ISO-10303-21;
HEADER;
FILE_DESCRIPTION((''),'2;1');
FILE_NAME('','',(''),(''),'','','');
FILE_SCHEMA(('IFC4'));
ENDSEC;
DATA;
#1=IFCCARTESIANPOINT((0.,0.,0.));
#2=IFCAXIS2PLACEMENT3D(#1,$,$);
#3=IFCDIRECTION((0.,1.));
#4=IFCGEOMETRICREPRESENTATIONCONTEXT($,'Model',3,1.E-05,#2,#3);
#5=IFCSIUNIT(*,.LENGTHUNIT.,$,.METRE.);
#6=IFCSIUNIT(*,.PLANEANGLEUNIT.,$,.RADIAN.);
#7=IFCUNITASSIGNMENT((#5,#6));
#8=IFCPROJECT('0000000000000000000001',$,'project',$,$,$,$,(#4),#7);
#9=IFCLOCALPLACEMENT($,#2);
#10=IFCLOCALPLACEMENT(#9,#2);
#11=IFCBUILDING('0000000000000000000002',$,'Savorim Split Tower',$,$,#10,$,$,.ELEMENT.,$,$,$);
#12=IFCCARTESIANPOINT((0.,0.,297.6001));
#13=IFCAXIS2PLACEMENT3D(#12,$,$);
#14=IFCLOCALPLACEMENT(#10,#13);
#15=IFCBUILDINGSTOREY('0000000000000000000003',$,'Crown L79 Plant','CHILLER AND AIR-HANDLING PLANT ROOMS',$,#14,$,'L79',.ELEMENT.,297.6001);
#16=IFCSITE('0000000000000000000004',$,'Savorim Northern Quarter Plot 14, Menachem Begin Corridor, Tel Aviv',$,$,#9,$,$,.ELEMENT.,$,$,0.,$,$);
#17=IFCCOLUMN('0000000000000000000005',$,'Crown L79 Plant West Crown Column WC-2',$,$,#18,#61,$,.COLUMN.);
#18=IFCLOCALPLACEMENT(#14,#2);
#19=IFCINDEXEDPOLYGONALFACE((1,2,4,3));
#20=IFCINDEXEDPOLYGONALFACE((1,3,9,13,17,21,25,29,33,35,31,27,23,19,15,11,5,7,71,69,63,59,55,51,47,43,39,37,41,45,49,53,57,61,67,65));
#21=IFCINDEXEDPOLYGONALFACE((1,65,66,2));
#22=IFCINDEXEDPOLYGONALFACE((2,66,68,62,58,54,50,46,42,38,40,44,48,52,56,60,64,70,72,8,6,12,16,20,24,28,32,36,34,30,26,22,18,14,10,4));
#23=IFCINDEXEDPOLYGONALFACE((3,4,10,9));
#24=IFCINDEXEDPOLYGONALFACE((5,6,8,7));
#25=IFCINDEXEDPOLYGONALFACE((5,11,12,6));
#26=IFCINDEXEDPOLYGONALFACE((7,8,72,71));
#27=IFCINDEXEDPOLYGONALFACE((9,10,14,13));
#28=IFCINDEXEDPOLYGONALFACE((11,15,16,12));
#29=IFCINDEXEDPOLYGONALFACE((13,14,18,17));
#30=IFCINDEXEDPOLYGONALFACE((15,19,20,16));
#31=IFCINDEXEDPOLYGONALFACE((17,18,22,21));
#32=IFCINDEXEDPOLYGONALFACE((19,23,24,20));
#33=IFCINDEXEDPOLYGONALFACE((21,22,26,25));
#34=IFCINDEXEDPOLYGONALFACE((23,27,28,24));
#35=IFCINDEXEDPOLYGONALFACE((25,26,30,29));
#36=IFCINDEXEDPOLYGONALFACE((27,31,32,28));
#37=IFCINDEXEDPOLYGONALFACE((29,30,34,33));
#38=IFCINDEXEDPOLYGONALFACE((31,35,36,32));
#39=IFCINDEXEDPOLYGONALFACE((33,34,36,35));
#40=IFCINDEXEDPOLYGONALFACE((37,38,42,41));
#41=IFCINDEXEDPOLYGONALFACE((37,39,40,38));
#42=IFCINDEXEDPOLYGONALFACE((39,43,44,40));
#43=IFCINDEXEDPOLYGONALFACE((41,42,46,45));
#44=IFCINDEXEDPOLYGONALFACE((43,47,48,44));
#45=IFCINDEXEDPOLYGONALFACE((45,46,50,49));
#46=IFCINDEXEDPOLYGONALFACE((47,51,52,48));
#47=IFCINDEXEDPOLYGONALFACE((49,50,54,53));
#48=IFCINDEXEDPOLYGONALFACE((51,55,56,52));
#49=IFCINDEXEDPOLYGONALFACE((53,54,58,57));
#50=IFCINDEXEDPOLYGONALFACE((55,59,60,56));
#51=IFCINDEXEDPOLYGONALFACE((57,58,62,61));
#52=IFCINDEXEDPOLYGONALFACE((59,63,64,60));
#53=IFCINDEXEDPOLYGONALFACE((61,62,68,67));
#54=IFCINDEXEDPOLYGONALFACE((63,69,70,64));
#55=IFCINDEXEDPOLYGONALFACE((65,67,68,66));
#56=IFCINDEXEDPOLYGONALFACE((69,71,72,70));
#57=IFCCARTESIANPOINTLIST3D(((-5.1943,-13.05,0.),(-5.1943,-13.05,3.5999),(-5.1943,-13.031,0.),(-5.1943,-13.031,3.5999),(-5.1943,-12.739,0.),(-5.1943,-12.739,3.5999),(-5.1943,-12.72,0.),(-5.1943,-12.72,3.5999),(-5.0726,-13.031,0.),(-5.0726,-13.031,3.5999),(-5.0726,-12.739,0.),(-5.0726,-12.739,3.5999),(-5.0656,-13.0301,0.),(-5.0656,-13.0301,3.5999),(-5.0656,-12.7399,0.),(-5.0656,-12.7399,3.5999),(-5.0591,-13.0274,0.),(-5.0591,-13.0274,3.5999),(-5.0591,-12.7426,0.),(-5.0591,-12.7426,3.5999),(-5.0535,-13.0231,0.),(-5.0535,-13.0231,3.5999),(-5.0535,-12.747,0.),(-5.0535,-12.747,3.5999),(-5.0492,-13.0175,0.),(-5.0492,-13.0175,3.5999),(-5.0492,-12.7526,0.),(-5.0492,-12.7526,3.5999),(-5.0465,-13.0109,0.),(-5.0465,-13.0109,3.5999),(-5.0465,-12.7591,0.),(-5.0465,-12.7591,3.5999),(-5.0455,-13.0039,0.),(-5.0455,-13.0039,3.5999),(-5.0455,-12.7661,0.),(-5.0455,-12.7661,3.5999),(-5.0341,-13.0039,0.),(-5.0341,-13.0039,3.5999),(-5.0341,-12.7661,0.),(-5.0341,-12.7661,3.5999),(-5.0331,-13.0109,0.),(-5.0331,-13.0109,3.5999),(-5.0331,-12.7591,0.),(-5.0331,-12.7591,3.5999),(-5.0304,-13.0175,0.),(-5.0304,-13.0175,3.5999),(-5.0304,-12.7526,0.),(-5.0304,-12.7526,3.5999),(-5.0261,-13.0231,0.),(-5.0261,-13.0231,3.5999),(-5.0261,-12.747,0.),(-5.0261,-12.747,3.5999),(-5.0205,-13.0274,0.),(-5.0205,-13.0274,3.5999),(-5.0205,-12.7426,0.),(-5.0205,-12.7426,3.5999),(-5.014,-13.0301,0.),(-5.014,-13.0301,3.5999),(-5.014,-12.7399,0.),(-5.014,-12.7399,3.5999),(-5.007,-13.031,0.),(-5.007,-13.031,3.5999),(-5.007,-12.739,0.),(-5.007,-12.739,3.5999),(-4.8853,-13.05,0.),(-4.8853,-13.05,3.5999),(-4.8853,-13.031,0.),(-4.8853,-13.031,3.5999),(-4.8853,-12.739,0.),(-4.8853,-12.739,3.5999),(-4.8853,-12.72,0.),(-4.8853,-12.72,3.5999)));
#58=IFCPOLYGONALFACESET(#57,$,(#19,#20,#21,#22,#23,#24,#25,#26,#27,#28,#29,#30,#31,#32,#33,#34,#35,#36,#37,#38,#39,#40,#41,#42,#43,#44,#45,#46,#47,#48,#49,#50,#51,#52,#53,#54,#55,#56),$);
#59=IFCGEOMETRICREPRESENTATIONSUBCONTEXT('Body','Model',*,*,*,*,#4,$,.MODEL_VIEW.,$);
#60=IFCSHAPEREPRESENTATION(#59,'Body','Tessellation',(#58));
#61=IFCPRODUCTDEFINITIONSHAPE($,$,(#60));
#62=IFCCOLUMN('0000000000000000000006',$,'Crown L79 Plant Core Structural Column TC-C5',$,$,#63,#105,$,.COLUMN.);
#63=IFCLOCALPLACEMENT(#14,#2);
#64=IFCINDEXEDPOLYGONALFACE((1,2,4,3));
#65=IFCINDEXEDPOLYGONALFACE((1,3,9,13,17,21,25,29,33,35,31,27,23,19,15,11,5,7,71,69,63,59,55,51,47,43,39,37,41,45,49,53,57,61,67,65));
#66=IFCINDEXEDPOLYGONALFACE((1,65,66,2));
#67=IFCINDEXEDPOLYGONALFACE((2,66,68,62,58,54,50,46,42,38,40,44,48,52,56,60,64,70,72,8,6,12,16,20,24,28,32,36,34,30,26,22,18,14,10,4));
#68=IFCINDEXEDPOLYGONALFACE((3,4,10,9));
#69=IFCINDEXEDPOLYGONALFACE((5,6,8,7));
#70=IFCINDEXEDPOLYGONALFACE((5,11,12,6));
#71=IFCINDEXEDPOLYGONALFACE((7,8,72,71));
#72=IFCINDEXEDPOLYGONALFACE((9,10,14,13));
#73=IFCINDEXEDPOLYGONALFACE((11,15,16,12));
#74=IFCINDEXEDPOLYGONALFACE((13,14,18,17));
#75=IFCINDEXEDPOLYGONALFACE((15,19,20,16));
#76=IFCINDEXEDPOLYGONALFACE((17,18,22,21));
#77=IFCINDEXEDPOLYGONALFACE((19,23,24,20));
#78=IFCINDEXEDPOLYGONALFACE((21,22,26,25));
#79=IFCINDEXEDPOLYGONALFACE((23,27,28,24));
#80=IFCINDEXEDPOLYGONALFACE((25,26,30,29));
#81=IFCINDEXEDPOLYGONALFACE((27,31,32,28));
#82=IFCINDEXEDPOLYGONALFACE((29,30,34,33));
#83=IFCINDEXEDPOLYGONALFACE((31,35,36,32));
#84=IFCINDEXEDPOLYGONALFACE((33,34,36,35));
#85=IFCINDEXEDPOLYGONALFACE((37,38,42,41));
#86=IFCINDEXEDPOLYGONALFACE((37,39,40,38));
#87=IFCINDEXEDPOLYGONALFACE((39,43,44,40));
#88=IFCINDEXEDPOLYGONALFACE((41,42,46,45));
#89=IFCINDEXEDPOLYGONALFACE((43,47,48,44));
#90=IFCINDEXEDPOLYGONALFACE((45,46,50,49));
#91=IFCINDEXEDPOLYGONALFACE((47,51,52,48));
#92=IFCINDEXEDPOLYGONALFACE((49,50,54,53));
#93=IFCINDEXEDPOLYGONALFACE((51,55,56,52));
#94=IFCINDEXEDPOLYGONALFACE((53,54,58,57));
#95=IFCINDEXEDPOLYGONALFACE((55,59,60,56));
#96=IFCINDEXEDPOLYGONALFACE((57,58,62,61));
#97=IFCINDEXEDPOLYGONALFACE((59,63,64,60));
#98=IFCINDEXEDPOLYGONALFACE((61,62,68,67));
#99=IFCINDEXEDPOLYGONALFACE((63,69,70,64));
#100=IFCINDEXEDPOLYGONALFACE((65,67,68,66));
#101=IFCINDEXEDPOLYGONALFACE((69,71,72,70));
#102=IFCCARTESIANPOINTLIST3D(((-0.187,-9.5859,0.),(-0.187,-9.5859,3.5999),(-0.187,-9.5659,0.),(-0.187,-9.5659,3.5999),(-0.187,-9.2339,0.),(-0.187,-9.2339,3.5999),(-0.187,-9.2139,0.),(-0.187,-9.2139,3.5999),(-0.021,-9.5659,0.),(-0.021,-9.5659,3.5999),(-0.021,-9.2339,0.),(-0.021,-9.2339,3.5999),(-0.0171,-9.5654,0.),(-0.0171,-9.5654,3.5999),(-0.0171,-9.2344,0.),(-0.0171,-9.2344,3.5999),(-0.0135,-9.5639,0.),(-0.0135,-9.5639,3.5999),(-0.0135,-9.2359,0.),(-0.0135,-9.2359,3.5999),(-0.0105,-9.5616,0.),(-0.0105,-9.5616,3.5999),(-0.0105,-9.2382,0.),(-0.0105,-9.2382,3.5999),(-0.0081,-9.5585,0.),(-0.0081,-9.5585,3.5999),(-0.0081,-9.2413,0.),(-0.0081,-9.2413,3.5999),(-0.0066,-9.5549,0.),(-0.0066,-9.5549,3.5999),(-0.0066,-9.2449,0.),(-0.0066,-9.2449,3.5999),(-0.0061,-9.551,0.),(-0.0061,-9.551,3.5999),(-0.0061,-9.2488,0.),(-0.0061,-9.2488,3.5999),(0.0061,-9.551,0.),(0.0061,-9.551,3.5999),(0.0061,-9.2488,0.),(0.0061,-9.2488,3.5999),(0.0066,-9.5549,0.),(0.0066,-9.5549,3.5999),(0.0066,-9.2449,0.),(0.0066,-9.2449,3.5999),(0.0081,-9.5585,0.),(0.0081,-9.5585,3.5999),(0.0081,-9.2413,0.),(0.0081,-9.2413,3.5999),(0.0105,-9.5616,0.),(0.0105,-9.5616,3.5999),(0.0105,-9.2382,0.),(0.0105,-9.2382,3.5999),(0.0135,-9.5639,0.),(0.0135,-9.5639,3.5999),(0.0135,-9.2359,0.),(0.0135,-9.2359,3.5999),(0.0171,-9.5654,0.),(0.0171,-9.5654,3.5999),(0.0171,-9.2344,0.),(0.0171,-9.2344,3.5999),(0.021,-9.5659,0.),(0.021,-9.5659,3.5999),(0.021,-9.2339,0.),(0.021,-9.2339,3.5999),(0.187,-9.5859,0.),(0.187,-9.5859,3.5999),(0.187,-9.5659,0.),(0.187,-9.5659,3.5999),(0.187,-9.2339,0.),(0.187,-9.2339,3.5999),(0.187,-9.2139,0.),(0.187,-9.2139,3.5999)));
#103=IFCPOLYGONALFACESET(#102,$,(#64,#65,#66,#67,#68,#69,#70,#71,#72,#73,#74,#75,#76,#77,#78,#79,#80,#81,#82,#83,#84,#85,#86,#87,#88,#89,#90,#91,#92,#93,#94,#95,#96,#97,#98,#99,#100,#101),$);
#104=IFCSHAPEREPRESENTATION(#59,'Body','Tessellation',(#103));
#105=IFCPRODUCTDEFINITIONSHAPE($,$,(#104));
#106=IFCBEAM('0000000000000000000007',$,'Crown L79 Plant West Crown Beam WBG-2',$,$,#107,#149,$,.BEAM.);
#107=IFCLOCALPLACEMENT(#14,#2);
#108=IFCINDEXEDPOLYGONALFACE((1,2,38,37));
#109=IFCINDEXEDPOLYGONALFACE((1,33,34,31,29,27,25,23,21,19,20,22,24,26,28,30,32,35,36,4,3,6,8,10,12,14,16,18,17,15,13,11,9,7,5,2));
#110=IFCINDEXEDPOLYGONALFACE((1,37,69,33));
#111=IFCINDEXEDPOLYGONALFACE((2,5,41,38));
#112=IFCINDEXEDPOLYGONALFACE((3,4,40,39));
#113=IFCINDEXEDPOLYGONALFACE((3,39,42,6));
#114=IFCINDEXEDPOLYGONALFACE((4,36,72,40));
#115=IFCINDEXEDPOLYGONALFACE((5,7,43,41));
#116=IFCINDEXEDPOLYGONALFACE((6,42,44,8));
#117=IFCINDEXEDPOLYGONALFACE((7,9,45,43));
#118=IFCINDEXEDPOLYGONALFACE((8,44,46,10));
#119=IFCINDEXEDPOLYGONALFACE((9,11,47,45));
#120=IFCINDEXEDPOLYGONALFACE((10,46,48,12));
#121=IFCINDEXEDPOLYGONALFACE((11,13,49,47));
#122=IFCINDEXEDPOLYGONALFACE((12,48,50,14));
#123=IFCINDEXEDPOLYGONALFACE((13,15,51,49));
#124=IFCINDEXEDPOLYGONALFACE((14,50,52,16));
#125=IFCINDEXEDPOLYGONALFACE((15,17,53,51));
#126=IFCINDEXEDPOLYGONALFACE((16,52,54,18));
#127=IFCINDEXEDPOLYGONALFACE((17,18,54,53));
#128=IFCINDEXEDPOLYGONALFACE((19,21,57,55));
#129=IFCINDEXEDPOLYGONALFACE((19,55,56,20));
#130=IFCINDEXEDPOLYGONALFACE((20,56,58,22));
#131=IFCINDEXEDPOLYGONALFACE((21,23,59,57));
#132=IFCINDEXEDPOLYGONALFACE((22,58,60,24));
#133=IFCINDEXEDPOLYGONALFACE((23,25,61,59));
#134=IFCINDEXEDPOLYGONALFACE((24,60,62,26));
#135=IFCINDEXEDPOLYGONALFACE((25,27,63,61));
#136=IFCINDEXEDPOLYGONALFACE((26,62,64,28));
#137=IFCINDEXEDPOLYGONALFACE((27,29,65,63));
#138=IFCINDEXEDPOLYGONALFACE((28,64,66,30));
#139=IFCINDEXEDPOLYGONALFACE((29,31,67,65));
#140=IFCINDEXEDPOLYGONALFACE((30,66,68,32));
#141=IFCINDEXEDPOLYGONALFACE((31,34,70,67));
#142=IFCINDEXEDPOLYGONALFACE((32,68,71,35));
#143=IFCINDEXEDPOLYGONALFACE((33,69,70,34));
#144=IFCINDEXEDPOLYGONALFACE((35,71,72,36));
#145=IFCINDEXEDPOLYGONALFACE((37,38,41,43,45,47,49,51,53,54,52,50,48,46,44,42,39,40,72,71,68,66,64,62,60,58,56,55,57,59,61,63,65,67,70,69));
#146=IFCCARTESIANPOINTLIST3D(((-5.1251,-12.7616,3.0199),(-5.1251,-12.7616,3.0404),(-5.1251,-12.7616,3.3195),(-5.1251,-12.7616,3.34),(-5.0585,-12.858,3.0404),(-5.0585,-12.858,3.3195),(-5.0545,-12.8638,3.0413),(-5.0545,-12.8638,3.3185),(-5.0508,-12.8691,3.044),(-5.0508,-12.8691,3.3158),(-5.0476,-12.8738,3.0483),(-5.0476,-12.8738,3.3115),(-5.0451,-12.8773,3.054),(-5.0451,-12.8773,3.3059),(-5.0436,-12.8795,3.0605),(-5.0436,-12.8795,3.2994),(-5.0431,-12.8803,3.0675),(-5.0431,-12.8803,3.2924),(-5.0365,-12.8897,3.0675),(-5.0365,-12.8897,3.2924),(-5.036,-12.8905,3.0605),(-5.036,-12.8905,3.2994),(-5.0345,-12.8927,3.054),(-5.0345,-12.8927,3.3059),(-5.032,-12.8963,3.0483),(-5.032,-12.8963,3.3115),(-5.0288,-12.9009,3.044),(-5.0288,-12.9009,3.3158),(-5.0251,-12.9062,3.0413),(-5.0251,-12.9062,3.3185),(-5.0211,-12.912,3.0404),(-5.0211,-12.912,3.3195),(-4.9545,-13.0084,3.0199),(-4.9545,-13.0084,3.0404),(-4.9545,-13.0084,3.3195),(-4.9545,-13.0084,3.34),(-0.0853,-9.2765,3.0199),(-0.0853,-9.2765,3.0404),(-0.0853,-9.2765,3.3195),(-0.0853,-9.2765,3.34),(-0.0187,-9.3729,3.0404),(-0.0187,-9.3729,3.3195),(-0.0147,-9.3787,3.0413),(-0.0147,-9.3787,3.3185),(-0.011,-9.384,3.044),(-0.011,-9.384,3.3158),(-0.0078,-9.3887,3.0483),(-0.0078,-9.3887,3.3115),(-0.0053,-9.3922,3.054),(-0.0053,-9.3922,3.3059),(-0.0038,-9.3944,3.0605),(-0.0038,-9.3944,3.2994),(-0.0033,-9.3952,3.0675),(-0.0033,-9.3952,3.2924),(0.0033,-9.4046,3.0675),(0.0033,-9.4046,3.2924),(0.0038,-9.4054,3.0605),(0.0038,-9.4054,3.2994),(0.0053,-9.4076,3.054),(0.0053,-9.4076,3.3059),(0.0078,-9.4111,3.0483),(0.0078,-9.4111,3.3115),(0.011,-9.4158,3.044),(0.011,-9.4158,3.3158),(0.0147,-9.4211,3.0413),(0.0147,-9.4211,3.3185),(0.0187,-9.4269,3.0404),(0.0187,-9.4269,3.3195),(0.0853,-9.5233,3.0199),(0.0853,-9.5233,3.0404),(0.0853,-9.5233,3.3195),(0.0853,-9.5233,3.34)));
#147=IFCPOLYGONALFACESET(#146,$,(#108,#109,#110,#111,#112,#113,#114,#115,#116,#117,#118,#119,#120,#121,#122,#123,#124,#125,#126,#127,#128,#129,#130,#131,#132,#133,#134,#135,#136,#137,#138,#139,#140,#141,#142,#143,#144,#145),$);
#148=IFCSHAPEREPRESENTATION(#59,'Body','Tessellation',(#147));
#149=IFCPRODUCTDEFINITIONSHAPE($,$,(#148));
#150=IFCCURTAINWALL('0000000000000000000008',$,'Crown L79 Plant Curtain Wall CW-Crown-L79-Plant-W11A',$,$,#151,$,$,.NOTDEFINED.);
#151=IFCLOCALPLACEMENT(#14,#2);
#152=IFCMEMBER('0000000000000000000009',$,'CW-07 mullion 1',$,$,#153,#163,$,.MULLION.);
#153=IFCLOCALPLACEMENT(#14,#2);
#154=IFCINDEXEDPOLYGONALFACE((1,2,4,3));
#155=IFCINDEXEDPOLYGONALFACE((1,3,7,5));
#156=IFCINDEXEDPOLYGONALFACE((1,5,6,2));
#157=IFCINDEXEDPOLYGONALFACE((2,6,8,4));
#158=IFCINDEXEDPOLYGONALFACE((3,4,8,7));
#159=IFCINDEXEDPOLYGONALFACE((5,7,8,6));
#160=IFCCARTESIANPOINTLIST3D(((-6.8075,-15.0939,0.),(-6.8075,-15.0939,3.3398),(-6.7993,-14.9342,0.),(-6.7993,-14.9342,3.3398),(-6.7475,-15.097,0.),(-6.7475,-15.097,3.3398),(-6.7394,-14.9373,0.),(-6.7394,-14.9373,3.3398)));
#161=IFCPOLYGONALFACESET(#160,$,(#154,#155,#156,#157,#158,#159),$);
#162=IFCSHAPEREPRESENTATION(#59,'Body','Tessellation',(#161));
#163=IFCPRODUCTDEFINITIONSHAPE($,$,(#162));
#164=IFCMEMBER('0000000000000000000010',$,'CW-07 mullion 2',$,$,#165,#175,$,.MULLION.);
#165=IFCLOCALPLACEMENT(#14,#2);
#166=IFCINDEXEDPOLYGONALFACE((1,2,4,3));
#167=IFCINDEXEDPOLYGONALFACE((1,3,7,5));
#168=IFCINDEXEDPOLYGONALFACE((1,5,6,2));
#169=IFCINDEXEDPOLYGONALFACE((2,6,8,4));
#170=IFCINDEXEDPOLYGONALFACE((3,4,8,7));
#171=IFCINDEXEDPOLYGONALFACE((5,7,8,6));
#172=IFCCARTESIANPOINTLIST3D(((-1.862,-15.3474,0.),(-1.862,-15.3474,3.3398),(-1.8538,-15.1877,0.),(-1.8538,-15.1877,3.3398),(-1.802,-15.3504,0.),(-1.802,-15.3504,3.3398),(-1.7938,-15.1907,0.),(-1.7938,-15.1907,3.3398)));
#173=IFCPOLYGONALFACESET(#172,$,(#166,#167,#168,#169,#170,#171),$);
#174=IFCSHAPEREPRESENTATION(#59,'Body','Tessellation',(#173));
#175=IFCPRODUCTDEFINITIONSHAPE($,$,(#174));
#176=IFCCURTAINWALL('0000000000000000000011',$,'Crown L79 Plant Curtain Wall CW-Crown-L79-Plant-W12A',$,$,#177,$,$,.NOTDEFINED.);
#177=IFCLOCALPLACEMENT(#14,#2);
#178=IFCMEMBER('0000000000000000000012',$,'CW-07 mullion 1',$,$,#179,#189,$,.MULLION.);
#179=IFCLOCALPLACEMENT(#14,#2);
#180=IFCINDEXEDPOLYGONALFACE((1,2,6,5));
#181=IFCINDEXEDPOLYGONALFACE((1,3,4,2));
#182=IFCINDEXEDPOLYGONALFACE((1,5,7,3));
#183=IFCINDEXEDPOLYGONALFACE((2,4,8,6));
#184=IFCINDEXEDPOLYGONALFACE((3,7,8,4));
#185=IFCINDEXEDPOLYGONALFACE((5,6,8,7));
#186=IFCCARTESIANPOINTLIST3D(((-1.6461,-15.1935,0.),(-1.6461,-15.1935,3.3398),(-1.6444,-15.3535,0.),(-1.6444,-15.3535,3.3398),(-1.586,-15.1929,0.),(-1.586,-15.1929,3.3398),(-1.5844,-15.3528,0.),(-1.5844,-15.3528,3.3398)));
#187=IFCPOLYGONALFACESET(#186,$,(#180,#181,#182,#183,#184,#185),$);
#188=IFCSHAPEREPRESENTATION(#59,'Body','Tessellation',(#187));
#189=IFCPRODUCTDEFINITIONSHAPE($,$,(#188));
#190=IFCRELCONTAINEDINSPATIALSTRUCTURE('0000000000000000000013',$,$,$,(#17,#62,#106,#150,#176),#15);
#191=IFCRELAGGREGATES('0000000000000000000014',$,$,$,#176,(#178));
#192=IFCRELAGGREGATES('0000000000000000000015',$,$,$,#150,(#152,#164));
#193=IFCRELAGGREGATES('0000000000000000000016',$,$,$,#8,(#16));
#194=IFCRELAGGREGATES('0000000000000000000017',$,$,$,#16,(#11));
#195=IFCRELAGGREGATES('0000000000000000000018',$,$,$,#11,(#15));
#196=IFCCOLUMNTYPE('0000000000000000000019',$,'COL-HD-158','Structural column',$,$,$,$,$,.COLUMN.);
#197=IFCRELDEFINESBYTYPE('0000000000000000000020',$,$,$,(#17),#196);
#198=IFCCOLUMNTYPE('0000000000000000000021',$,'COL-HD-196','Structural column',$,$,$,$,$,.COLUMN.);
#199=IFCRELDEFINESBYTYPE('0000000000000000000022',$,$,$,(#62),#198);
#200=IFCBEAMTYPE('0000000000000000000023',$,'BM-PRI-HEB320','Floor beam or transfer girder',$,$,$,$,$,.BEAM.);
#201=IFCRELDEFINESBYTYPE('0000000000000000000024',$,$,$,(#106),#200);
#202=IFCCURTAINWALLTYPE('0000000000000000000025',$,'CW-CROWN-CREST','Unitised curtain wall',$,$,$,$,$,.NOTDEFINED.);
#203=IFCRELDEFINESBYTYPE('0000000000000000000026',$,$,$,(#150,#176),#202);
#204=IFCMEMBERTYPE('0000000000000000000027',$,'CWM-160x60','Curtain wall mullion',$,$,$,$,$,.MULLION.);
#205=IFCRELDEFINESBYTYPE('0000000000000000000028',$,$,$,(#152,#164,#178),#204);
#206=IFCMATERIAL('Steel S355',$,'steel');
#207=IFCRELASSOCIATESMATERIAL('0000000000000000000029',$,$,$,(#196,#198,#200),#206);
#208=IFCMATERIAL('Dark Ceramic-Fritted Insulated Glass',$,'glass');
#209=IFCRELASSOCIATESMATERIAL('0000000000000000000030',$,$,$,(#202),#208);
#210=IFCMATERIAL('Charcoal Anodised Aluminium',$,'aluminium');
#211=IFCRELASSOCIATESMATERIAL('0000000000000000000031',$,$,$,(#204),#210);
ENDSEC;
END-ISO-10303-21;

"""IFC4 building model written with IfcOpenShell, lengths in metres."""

from ifc_helpers import new_model, si_unit, direction, frame, origin, origin_2d, place, context, subcontext, project, spatial, rectangle, i_section, extrude, material, material_profile, profile_set, type_object, element, aggregate, save


model = new_model("IFC4")

# Units and contexts
model_context = context("Model", 3, precision=1e-05, world=origin(), true_north=direction((0.0, 1.0)))
body_context = subcontext(model_context, "Body", "Model", "MODEL_VIEW")
ifc_project = project(units=[si_unit("LENGTHUNIT", "METRE"), si_unit("PLANEANGLEUNIT", "RADIAN")], contexts=[model_context])

# Site, building, storey
site_placement = place(None, origin())
site = spatial("IfcSite", under=ifc_project, at=site_placement, Name="Savorim Northern Quarter Plot 14, Menachem Begin Corridor, Tel Aviv", CompositionType="ELEMENT", RefElevation=0.0)
building_placement = place(site_placement, origin())
building = spatial("IfcBuilding", under=site, at=building_placement, Name="Savorim Split Tower", CompositionType="ELEMENT")
storey_placement = place(building_placement, frame((0.0, 0.0, 297.6001)))
storey = spatial("IfcBuildingStorey", under=building, at=storey_placement, Name="Crown L79 Plant", Description="CHILLER AND AIR-HANDLING PLANT ROOMS", LongName="L79", CompositionType="ELEMENT", Elevation=297.6001)

# Columns
ifc_material_1 = material(Name="Steel S355", Category="steel")
ifc_material_profile_1 = material_profile(ifc_material_1, i_section(OverallWidth=0.3091, OverallDepth=0.3301, WebThickness=0.0115, FlangeThickness=0.019, FilletRadius=0.0271, at=origin_2d()), Name="HD 320x158")
ifc_profile_set_1 = profile_set([ifc_material_profile_1], Name="Steel S355")
column_type_1 = type_object("IfcColumnType", Name="COL-HD-158", Description="Structural column", PredefinedType="COLUMN", material=ifc_profile_set_1)
column_1_placement = place(storey_placement, frame((-5.0398, -12.885, 0.0), z_axis=(0.0, 0.0, 1.0), x_axis=(1.0, 0.0, 0.0)))
element("IfcColumn", 1, at=column_1_placement, inside=storey, type_object=column_type_1, Name="Crown L79 Plant West Crown Column WC-2", PredefinedType="COLUMN", context=body_context, shape_type="SweptSolid", body=[
    extrude(i_section(OverallWidth=0.3091, OverallDepth=0.3301, WebThickness=0.0115, FlangeThickness=0.019, FilletRadius=0.0271, at=origin_2d()), origin(), (0.0, 0.0, 1.0), 3.5999),
])
ifc_material_profile_2 = material_profile(ifc_material_1, i_section(OverallWidth=0.374, OverallDepth=0.3721, WebThickness=0.0122, FlangeThickness=0.02, FilletRadius=0.0149, at=origin_2d()), Name="HD 360x196")
ifc_profile_set_2 = profile_set([ifc_material_profile_2], Name="Steel S355")
column_type_2 = type_object("IfcColumnType", Name="COL-HD-196", Description="Structural column", PredefinedType="COLUMN", material=ifc_profile_set_2)
column_2_placement = place(storey_placement, frame((0.0, -9.3999, 0.0), z_axis=(0.0, 0.0, 1.0), x_axis=(1.0, 0.0, 0.0)))
element("IfcColumn", 2, at=column_2_placement, inside=storey, type_object=column_type_2, Name="Crown L79 Plant Core Structural Column TC-C5", PredefinedType="COLUMN", context=body_context, shape_type="SweptSolid", body=[
    extrude(i_section(OverallWidth=0.374, OverallDepth=0.3721, WebThickness=0.0122, FlangeThickness=0.02, FilletRadius=0.0149, at=origin_2d()), origin(), (0.0, 0.0, 1.0), 3.5999),
])

# Beam
ifc_material_profile_3 = material_profile(ifc_material_1, i_section(OverallWidth=0.3, OverallDepth=0.3201, WebThickness=0.0115, FlangeThickness=0.0205, FilletRadius=0.0271, at=origin_2d()), Name="HEB 320")
ifc_profile_set_3 = profile_set([ifc_material_profile_3], Name="Steel S355")
beam_type = type_object("IfcBeamType", Name="BM-PRI-HEB320", Description="Floor beam or transfer girder", PredefinedType="BEAM", material=ifc_profile_set_3)
beam_placement = place(storey_placement, frame((-5.0398, -12.885, 3.1799), z_axis=(0.822496, 0.568771, 0.0), x_axis=(-0.568771, 0.822496, 0.0)))
element("IfcBeam", 3, at=beam_placement, inside=storey, type_object=beam_type, Name="Crown L79 Plant West Crown Beam WBG-2", PredefinedType="BEAM", context=body_context, shape_type="SweptSolid", body=[
    extrude(i_section(OverallWidth=0.3, OverallDepth=0.3201, WebThickness=0.0115, FlangeThickness=0.0205, FilletRadius=0.0271, at=origin_2d()), origin(), (0.0, 0.0, 1.0), 6.1274),
])

# Curtain wall, members
ifc_material_2 = material(Name="Dark Ceramic-Fritted Insulated Glass", Category="glass")
curtain_wall_type = type_object("IfcCurtainWallType", Name="CW-CROWN-CREST", Description="Unitised curtain wall", PredefinedType="NOTDEFINED", material=ifc_material_2)
curtain_wall_1_placement = place(storey_placement, origin())
curtain_wall_1 = element("IfcCurtainWall", 4, at=curtain_wall_1_placement, inside=storey, type_object=curtain_wall_type, Name="Crown L79 Plant Curtain Wall CW-Crown-L79-Plant-W11A", PredefinedType="NOTDEFINED")
ifc_material_3 = material(Name="Charcoal Anodised Aluminium", Category="aluminium")
ifc_material_profile_4 = material_profile(ifc_material_3, rectangle(XDim=0.1599, YDim=0.0601, at=origin_2d()), Name="ALU-M 160x60")
ifc_profile_set_4 = profile_set([ifc_material_profile_4], Name="Charcoal Anodised Aluminium")
member_type_1 = type_object("IfcMemberType", Name="CWM-160x60", Description="Curtain wall mullion", PredefinedType="MULLION", material=ifc_profile_set_4)
member_1_placement = place(storey_placement, frame((-6.7734, -15.0156, 0.0), z_axis=(0.0, 0.0, 1.0), x_axis=(0.051157, 0.998691, 0.0)))
member_1 = element("IfcMember", 5, at=member_1_placement, type_object=member_type_1, Name="CW-07 mullion 1", PredefinedType="MULLION", context=body_context, shape_type="SweptSolid", body=[
    extrude(rectangle(XDim=0.1599, YDim=0.0601, at=origin_2d()), origin(), (0.0, 0.0, 1.0), 3.3398),
])
member_2_placement = place(storey_placement, frame((-1.8279, -15.269, 0.0), z_axis=(0.0, 0.0, 1.0), x_axis=(0.051157, 0.998691, 0.0)))
member_2 = element("IfcMember", 6, at=member_2_placement, type_object=member_type_1, Name="CW-07 mullion 2", PredefinedType="MULLION", context=body_context, shape_type="SweptSolid", body=[
    extrude(rectangle(XDim=0.1599, YDim=0.0601, at=origin_2d()), origin(), (0.0, 0.0, 1.0), 3.3398),
])

# Curtain wall, member
curtain_wall_2_placement = place(storey_placement, origin())
curtain_wall_2 = element("IfcCurtainWall", 7, at=curtain_wall_2_placement, inside=storey, type_object=curtain_wall_type, Name="Crown L79 Plant Curtain Wall CW-Crown-L79-Plant-W12A", PredefinedType="NOTDEFINED")
member_3_placement = place(storey_placement, frame((-1.6152, -15.2732, 0.0), z_axis=(0.0, 0.0, 1.0), x_axis=(-0.010255, 0.999947, 0.0)))
member_3 = element("IfcMember", 8, at=member_3_placement, type_object=member_type_1, Name="CW-07 mullion 1", PredefinedType="MULLION", context=body_context, shape_type="SweptSolid", body=[
    extrude(rectangle(XDim=0.1599, YDim=0.0601, at=origin_2d()), origin(), (0.0, 0.0, 1.0), 3.3398),
])

aggregate(curtain_wall_2, [member_3])

aggregate(curtain_wall_1, [member_1, member_2])

save(model, "model.ifc")
